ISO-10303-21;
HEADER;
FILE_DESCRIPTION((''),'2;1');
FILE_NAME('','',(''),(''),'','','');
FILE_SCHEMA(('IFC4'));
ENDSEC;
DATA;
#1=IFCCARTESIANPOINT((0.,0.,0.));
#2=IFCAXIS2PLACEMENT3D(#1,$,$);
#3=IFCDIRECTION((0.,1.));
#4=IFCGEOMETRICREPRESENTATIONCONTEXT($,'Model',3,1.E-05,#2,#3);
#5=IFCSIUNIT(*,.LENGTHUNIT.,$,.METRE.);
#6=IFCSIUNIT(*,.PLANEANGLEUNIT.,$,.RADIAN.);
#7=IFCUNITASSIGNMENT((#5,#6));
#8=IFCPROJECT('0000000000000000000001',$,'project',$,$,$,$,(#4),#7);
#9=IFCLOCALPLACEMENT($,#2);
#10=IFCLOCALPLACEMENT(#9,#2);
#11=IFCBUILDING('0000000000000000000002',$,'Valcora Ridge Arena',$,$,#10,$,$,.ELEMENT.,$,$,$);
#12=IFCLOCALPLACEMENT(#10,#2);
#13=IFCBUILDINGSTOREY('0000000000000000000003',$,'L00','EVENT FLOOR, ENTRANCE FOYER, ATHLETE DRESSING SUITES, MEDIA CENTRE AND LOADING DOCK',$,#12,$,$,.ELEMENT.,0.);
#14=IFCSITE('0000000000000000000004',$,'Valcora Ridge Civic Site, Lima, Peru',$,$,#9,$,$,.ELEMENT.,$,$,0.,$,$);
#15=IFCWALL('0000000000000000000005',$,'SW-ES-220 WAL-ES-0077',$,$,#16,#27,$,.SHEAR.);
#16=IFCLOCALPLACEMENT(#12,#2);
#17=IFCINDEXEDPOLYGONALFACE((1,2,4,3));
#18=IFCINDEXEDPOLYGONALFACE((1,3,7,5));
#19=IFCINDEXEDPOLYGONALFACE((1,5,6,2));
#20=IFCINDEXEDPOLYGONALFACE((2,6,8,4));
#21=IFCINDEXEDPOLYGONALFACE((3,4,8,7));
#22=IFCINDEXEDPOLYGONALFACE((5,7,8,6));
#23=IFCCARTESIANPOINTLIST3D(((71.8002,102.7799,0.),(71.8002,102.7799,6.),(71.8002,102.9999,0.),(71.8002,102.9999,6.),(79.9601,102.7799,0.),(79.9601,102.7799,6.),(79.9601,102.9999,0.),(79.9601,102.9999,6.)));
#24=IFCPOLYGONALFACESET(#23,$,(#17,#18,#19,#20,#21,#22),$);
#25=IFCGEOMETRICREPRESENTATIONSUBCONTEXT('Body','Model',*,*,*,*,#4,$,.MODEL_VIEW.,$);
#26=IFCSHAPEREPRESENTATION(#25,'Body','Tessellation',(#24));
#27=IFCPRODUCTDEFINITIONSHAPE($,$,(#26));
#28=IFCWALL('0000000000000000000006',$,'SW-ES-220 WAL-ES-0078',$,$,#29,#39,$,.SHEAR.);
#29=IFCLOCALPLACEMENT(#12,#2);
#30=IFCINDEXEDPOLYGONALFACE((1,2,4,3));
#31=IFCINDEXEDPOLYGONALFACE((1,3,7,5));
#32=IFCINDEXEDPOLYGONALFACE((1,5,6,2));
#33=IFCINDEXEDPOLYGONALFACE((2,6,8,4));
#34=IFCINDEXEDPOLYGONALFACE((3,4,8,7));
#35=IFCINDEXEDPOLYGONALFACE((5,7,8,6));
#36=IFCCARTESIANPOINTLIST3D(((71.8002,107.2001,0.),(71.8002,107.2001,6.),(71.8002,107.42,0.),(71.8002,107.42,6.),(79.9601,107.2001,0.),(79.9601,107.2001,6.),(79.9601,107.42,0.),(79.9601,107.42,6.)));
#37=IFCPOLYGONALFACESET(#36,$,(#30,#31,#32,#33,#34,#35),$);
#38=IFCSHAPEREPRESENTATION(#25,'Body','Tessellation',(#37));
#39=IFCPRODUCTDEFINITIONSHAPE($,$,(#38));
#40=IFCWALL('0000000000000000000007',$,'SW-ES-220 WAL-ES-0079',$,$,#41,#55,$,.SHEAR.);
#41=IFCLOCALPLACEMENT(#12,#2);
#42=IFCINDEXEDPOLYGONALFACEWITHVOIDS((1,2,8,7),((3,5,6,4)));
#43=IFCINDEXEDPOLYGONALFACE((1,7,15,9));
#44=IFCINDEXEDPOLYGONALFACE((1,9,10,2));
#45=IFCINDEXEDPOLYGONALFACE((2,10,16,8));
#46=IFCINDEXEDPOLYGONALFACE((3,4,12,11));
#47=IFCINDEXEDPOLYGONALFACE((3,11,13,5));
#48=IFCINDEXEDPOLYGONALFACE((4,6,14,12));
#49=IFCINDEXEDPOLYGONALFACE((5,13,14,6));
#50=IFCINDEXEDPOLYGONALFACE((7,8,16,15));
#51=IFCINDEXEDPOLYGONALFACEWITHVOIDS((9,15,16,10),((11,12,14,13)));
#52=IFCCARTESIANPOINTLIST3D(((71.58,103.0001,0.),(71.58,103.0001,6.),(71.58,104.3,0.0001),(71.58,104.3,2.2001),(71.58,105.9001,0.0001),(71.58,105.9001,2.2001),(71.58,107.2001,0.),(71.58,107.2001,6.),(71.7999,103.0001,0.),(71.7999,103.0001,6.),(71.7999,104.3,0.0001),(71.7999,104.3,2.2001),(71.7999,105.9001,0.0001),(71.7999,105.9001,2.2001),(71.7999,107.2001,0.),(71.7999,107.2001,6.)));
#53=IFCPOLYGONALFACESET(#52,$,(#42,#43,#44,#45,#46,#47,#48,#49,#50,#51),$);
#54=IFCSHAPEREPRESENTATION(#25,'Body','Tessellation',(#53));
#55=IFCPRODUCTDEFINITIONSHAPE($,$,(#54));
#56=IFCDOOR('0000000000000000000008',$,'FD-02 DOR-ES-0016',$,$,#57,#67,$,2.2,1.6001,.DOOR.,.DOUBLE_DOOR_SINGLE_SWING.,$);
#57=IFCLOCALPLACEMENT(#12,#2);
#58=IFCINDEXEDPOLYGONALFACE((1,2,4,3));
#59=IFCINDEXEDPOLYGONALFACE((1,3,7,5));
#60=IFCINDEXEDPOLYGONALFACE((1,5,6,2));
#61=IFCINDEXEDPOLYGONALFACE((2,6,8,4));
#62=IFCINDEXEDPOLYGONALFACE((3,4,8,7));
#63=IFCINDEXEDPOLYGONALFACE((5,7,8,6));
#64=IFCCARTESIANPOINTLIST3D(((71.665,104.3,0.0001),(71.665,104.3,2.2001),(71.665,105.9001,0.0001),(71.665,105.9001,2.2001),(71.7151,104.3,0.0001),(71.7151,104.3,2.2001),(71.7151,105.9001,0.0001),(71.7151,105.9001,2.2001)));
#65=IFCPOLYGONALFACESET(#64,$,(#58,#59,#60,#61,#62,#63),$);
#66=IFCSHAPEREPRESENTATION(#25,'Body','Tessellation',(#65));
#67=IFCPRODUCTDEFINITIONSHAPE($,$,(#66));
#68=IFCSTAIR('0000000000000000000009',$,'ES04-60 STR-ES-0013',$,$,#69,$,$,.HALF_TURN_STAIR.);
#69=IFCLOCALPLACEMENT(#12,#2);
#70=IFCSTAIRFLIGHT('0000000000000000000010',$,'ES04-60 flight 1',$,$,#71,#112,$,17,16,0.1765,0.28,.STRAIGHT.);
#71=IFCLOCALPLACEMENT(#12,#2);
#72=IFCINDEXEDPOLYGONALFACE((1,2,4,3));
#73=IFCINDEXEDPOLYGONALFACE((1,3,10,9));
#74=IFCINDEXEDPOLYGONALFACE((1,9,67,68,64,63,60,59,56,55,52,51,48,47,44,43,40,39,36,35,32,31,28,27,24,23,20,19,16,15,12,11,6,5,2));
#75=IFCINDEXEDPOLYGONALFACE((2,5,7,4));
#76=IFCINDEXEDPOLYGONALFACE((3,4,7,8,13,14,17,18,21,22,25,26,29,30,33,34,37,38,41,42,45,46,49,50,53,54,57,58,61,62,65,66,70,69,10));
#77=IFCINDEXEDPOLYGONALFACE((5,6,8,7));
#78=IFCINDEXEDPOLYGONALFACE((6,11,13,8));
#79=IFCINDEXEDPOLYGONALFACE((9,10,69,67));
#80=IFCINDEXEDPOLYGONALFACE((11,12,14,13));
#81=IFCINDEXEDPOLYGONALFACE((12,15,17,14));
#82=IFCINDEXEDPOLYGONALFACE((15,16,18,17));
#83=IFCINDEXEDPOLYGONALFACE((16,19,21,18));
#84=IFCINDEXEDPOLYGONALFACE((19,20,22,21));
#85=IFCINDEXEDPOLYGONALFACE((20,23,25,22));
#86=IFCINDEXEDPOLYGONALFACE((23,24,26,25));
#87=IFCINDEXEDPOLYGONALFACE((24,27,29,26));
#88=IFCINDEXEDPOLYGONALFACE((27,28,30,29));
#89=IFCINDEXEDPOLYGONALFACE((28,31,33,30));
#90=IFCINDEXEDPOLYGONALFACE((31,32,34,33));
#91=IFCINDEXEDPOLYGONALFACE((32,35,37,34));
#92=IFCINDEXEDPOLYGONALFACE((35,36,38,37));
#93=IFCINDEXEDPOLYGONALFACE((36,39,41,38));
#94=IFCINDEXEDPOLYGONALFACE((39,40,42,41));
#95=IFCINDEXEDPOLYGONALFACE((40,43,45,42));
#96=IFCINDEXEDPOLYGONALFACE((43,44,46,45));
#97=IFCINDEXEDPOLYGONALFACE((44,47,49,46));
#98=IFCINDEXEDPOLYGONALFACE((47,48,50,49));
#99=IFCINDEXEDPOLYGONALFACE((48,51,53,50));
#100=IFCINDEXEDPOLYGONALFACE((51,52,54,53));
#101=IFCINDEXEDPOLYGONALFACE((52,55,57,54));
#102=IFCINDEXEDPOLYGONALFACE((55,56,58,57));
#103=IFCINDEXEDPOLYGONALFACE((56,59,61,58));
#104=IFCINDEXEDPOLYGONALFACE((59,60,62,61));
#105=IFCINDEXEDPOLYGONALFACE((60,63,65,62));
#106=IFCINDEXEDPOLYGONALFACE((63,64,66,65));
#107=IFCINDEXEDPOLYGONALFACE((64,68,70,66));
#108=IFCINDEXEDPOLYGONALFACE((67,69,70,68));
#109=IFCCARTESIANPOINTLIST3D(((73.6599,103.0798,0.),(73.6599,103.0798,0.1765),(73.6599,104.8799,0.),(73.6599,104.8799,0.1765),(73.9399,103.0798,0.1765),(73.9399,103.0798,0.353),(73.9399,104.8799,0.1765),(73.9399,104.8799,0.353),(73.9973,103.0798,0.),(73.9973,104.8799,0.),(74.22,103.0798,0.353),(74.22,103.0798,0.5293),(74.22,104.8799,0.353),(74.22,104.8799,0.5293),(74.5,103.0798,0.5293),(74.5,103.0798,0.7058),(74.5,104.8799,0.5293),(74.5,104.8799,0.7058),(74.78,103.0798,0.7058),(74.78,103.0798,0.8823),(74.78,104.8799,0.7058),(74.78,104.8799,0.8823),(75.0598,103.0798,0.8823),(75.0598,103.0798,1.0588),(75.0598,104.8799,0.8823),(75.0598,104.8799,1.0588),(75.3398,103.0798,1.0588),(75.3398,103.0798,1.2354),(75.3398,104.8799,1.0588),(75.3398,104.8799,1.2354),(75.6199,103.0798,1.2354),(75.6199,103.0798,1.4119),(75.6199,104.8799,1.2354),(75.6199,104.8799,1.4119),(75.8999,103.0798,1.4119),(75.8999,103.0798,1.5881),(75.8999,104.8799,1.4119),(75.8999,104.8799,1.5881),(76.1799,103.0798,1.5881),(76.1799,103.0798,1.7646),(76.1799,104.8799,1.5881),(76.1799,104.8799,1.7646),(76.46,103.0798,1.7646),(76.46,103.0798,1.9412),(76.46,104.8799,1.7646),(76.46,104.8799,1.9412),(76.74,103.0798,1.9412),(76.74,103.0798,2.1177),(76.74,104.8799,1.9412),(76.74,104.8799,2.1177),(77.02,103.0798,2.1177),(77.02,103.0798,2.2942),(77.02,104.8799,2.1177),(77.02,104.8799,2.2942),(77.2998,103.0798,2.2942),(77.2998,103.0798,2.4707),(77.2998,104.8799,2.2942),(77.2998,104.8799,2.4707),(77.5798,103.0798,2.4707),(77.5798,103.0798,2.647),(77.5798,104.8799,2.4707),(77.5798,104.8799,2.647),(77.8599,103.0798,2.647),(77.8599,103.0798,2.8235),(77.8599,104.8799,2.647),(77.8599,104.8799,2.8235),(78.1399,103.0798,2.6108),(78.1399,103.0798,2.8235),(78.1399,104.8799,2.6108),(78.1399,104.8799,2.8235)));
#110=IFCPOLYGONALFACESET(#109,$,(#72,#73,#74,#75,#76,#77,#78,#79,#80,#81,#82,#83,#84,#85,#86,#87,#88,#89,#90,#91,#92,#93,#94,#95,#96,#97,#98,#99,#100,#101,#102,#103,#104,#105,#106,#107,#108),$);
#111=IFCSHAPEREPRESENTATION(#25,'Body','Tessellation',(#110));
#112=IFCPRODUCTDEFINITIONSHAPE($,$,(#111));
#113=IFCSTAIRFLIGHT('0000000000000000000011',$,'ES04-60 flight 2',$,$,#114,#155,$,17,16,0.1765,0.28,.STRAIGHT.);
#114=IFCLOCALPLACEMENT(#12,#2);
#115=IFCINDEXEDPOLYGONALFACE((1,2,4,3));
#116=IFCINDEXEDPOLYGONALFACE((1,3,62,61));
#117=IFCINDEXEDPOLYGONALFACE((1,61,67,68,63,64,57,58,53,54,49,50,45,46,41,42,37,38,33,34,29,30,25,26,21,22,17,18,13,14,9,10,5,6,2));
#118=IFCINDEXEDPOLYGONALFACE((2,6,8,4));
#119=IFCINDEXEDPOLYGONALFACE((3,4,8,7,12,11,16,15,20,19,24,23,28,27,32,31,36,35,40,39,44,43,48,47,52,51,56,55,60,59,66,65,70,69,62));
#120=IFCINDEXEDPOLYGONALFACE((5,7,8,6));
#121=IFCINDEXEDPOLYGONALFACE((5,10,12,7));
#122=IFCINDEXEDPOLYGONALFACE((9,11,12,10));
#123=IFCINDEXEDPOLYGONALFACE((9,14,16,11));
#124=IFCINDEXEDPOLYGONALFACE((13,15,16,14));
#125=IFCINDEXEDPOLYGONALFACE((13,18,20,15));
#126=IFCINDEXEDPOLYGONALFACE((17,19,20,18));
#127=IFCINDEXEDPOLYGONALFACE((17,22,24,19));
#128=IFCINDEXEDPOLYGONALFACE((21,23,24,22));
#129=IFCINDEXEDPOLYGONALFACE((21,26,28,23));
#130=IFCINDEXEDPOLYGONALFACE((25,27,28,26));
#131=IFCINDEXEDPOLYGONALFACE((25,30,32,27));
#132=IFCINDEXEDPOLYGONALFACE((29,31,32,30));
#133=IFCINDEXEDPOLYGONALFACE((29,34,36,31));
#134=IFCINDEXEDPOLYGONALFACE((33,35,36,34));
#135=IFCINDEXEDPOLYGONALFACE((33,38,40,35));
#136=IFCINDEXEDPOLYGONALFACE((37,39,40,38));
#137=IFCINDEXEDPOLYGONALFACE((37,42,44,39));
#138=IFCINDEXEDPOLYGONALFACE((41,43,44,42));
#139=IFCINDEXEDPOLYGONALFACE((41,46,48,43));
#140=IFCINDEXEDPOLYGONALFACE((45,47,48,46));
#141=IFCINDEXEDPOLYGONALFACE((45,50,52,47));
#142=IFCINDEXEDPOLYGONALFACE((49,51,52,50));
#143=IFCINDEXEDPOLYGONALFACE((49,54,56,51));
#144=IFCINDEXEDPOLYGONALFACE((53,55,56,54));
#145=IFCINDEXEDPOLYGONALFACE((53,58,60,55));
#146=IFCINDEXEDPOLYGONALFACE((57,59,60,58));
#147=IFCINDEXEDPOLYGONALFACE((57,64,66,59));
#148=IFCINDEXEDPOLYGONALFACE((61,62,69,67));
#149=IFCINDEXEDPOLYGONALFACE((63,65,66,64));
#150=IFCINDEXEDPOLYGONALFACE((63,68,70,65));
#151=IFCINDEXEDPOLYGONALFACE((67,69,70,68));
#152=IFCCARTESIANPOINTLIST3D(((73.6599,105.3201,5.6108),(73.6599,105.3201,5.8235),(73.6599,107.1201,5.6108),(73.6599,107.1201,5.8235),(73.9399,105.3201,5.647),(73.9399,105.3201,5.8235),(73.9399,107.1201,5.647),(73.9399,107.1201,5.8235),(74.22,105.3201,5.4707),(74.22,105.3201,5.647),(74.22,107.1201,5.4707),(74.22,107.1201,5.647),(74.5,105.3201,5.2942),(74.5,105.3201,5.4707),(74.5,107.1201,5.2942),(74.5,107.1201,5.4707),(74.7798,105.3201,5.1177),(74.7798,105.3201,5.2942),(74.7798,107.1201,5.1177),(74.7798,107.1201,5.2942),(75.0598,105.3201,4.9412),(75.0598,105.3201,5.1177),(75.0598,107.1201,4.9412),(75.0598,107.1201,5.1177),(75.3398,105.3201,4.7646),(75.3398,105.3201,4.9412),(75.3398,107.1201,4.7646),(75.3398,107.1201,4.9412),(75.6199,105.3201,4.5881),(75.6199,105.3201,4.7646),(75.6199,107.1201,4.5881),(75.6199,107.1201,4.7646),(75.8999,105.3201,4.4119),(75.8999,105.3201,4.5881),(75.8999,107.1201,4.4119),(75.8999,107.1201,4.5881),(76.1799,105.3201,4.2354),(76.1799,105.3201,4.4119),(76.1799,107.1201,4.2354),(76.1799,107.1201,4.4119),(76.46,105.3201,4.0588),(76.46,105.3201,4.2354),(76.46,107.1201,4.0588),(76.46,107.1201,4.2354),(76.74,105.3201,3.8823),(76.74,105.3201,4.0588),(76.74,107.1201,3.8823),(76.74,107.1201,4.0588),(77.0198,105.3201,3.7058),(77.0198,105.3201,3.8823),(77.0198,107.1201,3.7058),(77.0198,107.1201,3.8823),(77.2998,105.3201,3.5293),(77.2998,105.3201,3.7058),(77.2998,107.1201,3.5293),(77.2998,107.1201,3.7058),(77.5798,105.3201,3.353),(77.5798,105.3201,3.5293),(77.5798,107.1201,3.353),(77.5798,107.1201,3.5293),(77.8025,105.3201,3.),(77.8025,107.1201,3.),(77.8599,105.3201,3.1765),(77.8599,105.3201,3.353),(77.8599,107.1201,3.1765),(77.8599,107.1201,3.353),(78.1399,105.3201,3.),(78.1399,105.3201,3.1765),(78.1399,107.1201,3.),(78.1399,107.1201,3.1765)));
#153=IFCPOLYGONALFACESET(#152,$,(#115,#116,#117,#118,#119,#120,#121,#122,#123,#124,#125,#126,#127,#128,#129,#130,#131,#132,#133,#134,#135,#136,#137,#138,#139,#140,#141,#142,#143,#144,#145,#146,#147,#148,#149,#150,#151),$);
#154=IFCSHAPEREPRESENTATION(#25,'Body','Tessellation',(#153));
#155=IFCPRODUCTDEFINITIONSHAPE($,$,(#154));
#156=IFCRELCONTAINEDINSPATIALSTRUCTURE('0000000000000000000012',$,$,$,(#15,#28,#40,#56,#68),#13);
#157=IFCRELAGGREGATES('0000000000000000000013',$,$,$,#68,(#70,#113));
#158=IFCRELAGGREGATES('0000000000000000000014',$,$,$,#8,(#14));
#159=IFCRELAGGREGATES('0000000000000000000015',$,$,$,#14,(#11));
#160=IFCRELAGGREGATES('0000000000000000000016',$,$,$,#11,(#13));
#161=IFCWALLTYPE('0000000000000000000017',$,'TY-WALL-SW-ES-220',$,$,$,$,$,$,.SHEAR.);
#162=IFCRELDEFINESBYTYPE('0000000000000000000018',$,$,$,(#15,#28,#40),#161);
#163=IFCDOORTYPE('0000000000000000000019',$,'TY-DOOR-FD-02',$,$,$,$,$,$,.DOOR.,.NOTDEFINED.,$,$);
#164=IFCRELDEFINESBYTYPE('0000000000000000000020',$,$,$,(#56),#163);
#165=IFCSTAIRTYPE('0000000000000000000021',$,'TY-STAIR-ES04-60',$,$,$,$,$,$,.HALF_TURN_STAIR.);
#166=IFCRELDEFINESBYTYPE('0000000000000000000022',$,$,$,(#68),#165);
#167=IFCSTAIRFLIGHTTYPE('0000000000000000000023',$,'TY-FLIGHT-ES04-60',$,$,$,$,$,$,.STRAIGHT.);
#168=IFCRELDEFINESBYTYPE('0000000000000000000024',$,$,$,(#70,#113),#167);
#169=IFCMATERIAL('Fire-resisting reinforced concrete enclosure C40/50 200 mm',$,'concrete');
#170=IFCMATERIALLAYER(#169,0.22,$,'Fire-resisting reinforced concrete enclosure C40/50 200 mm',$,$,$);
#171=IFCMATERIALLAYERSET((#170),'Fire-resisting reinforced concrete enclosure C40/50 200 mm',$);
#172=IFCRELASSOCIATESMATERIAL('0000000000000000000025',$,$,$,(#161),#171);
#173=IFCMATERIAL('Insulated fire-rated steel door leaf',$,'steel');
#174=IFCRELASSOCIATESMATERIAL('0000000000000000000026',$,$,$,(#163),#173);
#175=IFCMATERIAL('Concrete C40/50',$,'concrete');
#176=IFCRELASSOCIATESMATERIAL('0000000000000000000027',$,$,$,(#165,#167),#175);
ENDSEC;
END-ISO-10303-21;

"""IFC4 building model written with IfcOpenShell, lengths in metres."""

from ifc_helpers import new_model, si_unit, direction, frame, frame_2d, origin, place, context, subcontext, project, spatial, polyline, rectangle, outline, extrude, material, layer, layer_set, type_object, element, fill, aggregate, save


model = new_model("IFC4")

# Units and contexts
model_context = context("Model", 3, precision=1e-05, world=origin(), true_north=direction((0.0, 1.0)))
body_context = subcontext(model_context, "Body", "Model", "MODEL_VIEW")
ifc_project = project(units=[si_unit("LENGTHUNIT", "METRE"), si_unit("PLANEANGLEUNIT", "RADIAN")], contexts=[model_context])

# Site, building, storey
site_placement = place(None, origin())
site = spatial("IfcSite", under=ifc_project, at=site_placement, Name="Valcora Ridge Civic Site, Lima, Peru", CompositionType="ELEMENT", RefElevation=0.0)
building_placement = place(site_placement, origin())
building = spatial("IfcBuilding", under=site, at=building_placement, Name="Valcora Ridge Arena", CompositionType="ELEMENT")
storey_placement = place(building_placement, origin())
storey = spatial("IfcBuildingStorey", under=building, at=storey_placement, Name="L00", Description="EVENT FLOOR, ENTRANCE FOYER, ATHLETE DRESSING SUITES, MEDIA CENTRE AND LOADING DOCK", CompositionType="ELEMENT", Elevation=0.0)

# Shared definitions
ifc_material_1 = material(Name="Concrete C40/50", Category="concrete")

# Walls
ifc_material_2 = material(Name="Fire-resisting reinforced concrete enclosure C40/50 200 mm", Category="concrete")
ifc_layer_1 = layer(ifc_material_2, 0.22, Name="Fire-resisting reinforced concrete enclosure C40/50 200 mm")
ifc_layer_set_1 = layer_set([ifc_layer_1], Name="Fire-resisting reinforced concrete enclosure C40/50 200 mm")
wall_type_1 = type_object("IfcWallType", Name="TY-WALL-SW-ES-220", PredefinedType="SHEAR", material=ifc_layer_set_1)
for number, where, z_axis, x_axis, name in (
    (1, (71.8, 102.8899, 0.0), (0.0, 0.0, 1.0), (1.0, 0.0, 0.0), "SW-ES-220 WAL-ES-0077"),
    (2, (71.8, 107.3101, 0.0), (0.0, 0.0, 1.0), (1.0, 0.0, 0.0), "SW-ES-220 WAL-ES-0078"),
):
    element("IfcWall", number, at=place(storey_placement, frame(where, z_axis=z_axis, x_axis=x_axis)), inside=storey, type_object=wall_type_1, Name=name, PredefinedType="SHEAR", context=body_context, shape_type="SweptSolid", body=[
        extrude(rectangle(XDim=8.1599, YDim=0.22, at=frame_2d((4.0801, 0.0))), origin(), (0.0, 0.0, 1.0), 6.0),
    ])

# Wall, opening, door
wall_1_placement = place(storey_placement, frame((71.6899, 103.0, 0.0), z_axis=(0.0, 0.0, 1.0), x_axis=(0.0, 1.0, 0.0)))
wall_1 = element("IfcWall", 3, at=wall_1_placement, inside=storey, type_object=wall_type_1, Name="SW-ES-220 WAL-ES-0079", PredefinedType="SHEAR", context=body_context, shape_type="SweptSolid", body=[
    extrude(rectangle(XDim=4.2, YDim=0.22, at=frame_2d((2.1001, 0.0))), origin(), (0.0, 0.0, 1.0), 6.0),
])
opening_1_placement = place(wall_1_placement, frame((1.3, 0.0, 0.0)))
opening_1 = element("IfcOpeningElement", 4, at=opening_1_placement, cuts=wall_1, PredefinedType="OPENING", context=body_context, shape_type="SweptSolid", body=[
    extrude(rectangle(XDim=1.6001, YDim=2.2, at=frame_2d((0.8, 1.1001))), frame((0.0, 0.1199, 0.0), z_axis=(0.0, -1.0, 0.0), x_axis=(1.0, 0.0, 0.0)), (0.0, 0.0, 1.0), 0.24),
])
ifc_material_3 = material(Name="Insulated fire-rated steel door leaf", Category="steel")
door_type_1 = type_object("IfcDoorType", Name="TY-DOOR-FD-02", OperationType="NOTDEFINED", PredefinedType="DOOR", material=ifc_material_3)
door_1_placement = place(opening_1_placement, origin())
door_1 = element("IfcDoor", 5, at=door_1_placement, inside=storey, type_object=door_type_1, Name="FD-02 DOR-ES-0016", OperationType="DOUBLE_DOOR_SINGLE_SWING", OverallHeight=2.2, OverallWidth=1.6001, PredefinedType="DOOR", context=body_context, shape_type="SweptSolid", body=[
    extrude(rectangle(XDim=1.6001, YDim=2.2, at=frame_2d((0.8, 1.1001))), frame((0.0, 0.0249, 0.0), z_axis=(0.0, -1.0, 0.0), x_axis=(1.0, 0.0, 0.0)), (0.0, 0.0, 1.0), 0.05),
])
fill(opening_1, door_1)

# Stair, stair flights
stair_type = type_object("IfcStairType", Name="TY-STAIR-ES04-60", PredefinedType="HALF_TURN_STAIR", material=ifc_material_1)
stair_placement = place(storey_placement, origin())
stair = element("IfcStair", 6, at=stair_placement, inside=storey, type_object=stair_type, Name="ES04-60 STR-ES-0013", PredefinedType="HALF_TURN_STAIR")
stair_flight_type = type_object("IfcStairFlightType", Name="TY-FLIGHT-ES04-60", PredefinedType="STRAIGHT", material=ifc_material_1)
stair_flight_1_placement = place(storey_placement, frame((73.6599, 103.98, 0.0), z_axis=(0.0, 0.0, 1.0), x_axis=(1.0, 0.0, 0.0)))
stair_flight_1 = element("IfcStairFlight", 7, at=stair_flight_1_placement, type_object=stair_flight_type, Name="ES04-60 flight 1", NumberOfRisers=17, NumberOfTreads=16, PredefinedType="STRAIGHT", RiserHeight=0.1765, TreadLength=0.28, context=body_context, shape_type="SweptSolid", body=[
    extrude(outline(polyline([(0.0, 0.0), (0.0, 0.1765), (0.28, 0.1765), (0.28, 0.353), (0.5601, 0.353), (0.5601, 0.5293), (0.8401, 0.5293), (0.8401, 0.7058), (1.1201, 0.7058), (1.1201, 0.8823), (1.3999, 0.8823), (1.3999, 1.0588), (1.6799, 1.0588), (1.6799, 1.2354), (1.96, 1.2354), (1.96, 1.4119), (2.24, 1.4119), (2.24, 1.5881), (2.52, 1.5881), (2.52, 1.7646), (2.8, 1.7646), (2.8, 1.9412), (3.0801, 1.9412), (3.0801, 2.1177), (3.3601, 2.1177), (3.3601, 2.2942), (3.6399, 2.2942), (3.6399, 2.4707), (3.9199, 2.4707), (3.9199, 2.647), (4.2, 2.647), (4.2, 2.8235), (4.48, 2.8235), (4.48, 3.0), (4.48, 2.6108), (0.3374, 0.0), (0.0, 0.0)])), frame((0.0, 0.8999, 0.0), z_axis=(0.0, -1.0, 0.0), x_axis=(1.0, 0.0, 0.0)), (0.0, 0.0, 1.0), 1.8),
])
stair_flight_2_placement = place(storey_placement, frame((78.1399, 106.22, 3.0), z_axis=(0.0, 0.0, 1.0), x_axis=(-1.0, 0.0, 0.0)))
stair_flight_2 = element("IfcStairFlight", 8, at=stair_flight_2_placement, type_object=stair_flight_type, Name="ES04-60 flight 2", NumberOfRisers=17, NumberOfTreads=16, PredefinedType="STRAIGHT", RiserHeight=0.1765, TreadLength=0.28, context=body_context, shape_type="SweptSolid", body=[
    extrude(outline(polyline([(0.0, 0.0), (0.0, 0.1765), (0.28, 0.1765), (0.28, 0.353), (0.5601, 0.353), (0.5601, 0.5293), (0.8401, 0.5293), (0.8401, 0.7058), (1.1201, 0.7058), (1.1201, 0.8823), (1.3999, 0.8823), (1.3999, 1.0588), (1.6799, 1.0588), (1.6799, 1.2354), (1.96, 1.2354), (1.96, 1.4119), (2.24, 1.4119), (2.24, 1.5881), (2.52, 1.5881), (2.52, 1.7646), (2.8, 1.7646), (2.8, 1.9412), (3.0801, 1.9412), (3.0801, 2.1177), (3.3601, 2.1177), (3.3601, 2.2942), (3.6399, 2.2942), (3.6399, 2.4707), (3.9199, 2.4707), (3.9199, 2.647), (4.2, 2.647), (4.2, 2.8235), (4.48, 2.8235), (4.48, 3.0), (4.48, 2.6108), (0.3374, 0.0), (0.0, 0.0)])), frame((0.0, 0.8999, 0.0), z_axis=(0.0, -1.0, 0.0), x_axis=(1.0, 0.0, 0.0)), (0.0, 0.0, 1.0), 1.8),
])
aggregate(stair, [stair_flight_1, stair_flight_2])

save(model, "model.ifc")
